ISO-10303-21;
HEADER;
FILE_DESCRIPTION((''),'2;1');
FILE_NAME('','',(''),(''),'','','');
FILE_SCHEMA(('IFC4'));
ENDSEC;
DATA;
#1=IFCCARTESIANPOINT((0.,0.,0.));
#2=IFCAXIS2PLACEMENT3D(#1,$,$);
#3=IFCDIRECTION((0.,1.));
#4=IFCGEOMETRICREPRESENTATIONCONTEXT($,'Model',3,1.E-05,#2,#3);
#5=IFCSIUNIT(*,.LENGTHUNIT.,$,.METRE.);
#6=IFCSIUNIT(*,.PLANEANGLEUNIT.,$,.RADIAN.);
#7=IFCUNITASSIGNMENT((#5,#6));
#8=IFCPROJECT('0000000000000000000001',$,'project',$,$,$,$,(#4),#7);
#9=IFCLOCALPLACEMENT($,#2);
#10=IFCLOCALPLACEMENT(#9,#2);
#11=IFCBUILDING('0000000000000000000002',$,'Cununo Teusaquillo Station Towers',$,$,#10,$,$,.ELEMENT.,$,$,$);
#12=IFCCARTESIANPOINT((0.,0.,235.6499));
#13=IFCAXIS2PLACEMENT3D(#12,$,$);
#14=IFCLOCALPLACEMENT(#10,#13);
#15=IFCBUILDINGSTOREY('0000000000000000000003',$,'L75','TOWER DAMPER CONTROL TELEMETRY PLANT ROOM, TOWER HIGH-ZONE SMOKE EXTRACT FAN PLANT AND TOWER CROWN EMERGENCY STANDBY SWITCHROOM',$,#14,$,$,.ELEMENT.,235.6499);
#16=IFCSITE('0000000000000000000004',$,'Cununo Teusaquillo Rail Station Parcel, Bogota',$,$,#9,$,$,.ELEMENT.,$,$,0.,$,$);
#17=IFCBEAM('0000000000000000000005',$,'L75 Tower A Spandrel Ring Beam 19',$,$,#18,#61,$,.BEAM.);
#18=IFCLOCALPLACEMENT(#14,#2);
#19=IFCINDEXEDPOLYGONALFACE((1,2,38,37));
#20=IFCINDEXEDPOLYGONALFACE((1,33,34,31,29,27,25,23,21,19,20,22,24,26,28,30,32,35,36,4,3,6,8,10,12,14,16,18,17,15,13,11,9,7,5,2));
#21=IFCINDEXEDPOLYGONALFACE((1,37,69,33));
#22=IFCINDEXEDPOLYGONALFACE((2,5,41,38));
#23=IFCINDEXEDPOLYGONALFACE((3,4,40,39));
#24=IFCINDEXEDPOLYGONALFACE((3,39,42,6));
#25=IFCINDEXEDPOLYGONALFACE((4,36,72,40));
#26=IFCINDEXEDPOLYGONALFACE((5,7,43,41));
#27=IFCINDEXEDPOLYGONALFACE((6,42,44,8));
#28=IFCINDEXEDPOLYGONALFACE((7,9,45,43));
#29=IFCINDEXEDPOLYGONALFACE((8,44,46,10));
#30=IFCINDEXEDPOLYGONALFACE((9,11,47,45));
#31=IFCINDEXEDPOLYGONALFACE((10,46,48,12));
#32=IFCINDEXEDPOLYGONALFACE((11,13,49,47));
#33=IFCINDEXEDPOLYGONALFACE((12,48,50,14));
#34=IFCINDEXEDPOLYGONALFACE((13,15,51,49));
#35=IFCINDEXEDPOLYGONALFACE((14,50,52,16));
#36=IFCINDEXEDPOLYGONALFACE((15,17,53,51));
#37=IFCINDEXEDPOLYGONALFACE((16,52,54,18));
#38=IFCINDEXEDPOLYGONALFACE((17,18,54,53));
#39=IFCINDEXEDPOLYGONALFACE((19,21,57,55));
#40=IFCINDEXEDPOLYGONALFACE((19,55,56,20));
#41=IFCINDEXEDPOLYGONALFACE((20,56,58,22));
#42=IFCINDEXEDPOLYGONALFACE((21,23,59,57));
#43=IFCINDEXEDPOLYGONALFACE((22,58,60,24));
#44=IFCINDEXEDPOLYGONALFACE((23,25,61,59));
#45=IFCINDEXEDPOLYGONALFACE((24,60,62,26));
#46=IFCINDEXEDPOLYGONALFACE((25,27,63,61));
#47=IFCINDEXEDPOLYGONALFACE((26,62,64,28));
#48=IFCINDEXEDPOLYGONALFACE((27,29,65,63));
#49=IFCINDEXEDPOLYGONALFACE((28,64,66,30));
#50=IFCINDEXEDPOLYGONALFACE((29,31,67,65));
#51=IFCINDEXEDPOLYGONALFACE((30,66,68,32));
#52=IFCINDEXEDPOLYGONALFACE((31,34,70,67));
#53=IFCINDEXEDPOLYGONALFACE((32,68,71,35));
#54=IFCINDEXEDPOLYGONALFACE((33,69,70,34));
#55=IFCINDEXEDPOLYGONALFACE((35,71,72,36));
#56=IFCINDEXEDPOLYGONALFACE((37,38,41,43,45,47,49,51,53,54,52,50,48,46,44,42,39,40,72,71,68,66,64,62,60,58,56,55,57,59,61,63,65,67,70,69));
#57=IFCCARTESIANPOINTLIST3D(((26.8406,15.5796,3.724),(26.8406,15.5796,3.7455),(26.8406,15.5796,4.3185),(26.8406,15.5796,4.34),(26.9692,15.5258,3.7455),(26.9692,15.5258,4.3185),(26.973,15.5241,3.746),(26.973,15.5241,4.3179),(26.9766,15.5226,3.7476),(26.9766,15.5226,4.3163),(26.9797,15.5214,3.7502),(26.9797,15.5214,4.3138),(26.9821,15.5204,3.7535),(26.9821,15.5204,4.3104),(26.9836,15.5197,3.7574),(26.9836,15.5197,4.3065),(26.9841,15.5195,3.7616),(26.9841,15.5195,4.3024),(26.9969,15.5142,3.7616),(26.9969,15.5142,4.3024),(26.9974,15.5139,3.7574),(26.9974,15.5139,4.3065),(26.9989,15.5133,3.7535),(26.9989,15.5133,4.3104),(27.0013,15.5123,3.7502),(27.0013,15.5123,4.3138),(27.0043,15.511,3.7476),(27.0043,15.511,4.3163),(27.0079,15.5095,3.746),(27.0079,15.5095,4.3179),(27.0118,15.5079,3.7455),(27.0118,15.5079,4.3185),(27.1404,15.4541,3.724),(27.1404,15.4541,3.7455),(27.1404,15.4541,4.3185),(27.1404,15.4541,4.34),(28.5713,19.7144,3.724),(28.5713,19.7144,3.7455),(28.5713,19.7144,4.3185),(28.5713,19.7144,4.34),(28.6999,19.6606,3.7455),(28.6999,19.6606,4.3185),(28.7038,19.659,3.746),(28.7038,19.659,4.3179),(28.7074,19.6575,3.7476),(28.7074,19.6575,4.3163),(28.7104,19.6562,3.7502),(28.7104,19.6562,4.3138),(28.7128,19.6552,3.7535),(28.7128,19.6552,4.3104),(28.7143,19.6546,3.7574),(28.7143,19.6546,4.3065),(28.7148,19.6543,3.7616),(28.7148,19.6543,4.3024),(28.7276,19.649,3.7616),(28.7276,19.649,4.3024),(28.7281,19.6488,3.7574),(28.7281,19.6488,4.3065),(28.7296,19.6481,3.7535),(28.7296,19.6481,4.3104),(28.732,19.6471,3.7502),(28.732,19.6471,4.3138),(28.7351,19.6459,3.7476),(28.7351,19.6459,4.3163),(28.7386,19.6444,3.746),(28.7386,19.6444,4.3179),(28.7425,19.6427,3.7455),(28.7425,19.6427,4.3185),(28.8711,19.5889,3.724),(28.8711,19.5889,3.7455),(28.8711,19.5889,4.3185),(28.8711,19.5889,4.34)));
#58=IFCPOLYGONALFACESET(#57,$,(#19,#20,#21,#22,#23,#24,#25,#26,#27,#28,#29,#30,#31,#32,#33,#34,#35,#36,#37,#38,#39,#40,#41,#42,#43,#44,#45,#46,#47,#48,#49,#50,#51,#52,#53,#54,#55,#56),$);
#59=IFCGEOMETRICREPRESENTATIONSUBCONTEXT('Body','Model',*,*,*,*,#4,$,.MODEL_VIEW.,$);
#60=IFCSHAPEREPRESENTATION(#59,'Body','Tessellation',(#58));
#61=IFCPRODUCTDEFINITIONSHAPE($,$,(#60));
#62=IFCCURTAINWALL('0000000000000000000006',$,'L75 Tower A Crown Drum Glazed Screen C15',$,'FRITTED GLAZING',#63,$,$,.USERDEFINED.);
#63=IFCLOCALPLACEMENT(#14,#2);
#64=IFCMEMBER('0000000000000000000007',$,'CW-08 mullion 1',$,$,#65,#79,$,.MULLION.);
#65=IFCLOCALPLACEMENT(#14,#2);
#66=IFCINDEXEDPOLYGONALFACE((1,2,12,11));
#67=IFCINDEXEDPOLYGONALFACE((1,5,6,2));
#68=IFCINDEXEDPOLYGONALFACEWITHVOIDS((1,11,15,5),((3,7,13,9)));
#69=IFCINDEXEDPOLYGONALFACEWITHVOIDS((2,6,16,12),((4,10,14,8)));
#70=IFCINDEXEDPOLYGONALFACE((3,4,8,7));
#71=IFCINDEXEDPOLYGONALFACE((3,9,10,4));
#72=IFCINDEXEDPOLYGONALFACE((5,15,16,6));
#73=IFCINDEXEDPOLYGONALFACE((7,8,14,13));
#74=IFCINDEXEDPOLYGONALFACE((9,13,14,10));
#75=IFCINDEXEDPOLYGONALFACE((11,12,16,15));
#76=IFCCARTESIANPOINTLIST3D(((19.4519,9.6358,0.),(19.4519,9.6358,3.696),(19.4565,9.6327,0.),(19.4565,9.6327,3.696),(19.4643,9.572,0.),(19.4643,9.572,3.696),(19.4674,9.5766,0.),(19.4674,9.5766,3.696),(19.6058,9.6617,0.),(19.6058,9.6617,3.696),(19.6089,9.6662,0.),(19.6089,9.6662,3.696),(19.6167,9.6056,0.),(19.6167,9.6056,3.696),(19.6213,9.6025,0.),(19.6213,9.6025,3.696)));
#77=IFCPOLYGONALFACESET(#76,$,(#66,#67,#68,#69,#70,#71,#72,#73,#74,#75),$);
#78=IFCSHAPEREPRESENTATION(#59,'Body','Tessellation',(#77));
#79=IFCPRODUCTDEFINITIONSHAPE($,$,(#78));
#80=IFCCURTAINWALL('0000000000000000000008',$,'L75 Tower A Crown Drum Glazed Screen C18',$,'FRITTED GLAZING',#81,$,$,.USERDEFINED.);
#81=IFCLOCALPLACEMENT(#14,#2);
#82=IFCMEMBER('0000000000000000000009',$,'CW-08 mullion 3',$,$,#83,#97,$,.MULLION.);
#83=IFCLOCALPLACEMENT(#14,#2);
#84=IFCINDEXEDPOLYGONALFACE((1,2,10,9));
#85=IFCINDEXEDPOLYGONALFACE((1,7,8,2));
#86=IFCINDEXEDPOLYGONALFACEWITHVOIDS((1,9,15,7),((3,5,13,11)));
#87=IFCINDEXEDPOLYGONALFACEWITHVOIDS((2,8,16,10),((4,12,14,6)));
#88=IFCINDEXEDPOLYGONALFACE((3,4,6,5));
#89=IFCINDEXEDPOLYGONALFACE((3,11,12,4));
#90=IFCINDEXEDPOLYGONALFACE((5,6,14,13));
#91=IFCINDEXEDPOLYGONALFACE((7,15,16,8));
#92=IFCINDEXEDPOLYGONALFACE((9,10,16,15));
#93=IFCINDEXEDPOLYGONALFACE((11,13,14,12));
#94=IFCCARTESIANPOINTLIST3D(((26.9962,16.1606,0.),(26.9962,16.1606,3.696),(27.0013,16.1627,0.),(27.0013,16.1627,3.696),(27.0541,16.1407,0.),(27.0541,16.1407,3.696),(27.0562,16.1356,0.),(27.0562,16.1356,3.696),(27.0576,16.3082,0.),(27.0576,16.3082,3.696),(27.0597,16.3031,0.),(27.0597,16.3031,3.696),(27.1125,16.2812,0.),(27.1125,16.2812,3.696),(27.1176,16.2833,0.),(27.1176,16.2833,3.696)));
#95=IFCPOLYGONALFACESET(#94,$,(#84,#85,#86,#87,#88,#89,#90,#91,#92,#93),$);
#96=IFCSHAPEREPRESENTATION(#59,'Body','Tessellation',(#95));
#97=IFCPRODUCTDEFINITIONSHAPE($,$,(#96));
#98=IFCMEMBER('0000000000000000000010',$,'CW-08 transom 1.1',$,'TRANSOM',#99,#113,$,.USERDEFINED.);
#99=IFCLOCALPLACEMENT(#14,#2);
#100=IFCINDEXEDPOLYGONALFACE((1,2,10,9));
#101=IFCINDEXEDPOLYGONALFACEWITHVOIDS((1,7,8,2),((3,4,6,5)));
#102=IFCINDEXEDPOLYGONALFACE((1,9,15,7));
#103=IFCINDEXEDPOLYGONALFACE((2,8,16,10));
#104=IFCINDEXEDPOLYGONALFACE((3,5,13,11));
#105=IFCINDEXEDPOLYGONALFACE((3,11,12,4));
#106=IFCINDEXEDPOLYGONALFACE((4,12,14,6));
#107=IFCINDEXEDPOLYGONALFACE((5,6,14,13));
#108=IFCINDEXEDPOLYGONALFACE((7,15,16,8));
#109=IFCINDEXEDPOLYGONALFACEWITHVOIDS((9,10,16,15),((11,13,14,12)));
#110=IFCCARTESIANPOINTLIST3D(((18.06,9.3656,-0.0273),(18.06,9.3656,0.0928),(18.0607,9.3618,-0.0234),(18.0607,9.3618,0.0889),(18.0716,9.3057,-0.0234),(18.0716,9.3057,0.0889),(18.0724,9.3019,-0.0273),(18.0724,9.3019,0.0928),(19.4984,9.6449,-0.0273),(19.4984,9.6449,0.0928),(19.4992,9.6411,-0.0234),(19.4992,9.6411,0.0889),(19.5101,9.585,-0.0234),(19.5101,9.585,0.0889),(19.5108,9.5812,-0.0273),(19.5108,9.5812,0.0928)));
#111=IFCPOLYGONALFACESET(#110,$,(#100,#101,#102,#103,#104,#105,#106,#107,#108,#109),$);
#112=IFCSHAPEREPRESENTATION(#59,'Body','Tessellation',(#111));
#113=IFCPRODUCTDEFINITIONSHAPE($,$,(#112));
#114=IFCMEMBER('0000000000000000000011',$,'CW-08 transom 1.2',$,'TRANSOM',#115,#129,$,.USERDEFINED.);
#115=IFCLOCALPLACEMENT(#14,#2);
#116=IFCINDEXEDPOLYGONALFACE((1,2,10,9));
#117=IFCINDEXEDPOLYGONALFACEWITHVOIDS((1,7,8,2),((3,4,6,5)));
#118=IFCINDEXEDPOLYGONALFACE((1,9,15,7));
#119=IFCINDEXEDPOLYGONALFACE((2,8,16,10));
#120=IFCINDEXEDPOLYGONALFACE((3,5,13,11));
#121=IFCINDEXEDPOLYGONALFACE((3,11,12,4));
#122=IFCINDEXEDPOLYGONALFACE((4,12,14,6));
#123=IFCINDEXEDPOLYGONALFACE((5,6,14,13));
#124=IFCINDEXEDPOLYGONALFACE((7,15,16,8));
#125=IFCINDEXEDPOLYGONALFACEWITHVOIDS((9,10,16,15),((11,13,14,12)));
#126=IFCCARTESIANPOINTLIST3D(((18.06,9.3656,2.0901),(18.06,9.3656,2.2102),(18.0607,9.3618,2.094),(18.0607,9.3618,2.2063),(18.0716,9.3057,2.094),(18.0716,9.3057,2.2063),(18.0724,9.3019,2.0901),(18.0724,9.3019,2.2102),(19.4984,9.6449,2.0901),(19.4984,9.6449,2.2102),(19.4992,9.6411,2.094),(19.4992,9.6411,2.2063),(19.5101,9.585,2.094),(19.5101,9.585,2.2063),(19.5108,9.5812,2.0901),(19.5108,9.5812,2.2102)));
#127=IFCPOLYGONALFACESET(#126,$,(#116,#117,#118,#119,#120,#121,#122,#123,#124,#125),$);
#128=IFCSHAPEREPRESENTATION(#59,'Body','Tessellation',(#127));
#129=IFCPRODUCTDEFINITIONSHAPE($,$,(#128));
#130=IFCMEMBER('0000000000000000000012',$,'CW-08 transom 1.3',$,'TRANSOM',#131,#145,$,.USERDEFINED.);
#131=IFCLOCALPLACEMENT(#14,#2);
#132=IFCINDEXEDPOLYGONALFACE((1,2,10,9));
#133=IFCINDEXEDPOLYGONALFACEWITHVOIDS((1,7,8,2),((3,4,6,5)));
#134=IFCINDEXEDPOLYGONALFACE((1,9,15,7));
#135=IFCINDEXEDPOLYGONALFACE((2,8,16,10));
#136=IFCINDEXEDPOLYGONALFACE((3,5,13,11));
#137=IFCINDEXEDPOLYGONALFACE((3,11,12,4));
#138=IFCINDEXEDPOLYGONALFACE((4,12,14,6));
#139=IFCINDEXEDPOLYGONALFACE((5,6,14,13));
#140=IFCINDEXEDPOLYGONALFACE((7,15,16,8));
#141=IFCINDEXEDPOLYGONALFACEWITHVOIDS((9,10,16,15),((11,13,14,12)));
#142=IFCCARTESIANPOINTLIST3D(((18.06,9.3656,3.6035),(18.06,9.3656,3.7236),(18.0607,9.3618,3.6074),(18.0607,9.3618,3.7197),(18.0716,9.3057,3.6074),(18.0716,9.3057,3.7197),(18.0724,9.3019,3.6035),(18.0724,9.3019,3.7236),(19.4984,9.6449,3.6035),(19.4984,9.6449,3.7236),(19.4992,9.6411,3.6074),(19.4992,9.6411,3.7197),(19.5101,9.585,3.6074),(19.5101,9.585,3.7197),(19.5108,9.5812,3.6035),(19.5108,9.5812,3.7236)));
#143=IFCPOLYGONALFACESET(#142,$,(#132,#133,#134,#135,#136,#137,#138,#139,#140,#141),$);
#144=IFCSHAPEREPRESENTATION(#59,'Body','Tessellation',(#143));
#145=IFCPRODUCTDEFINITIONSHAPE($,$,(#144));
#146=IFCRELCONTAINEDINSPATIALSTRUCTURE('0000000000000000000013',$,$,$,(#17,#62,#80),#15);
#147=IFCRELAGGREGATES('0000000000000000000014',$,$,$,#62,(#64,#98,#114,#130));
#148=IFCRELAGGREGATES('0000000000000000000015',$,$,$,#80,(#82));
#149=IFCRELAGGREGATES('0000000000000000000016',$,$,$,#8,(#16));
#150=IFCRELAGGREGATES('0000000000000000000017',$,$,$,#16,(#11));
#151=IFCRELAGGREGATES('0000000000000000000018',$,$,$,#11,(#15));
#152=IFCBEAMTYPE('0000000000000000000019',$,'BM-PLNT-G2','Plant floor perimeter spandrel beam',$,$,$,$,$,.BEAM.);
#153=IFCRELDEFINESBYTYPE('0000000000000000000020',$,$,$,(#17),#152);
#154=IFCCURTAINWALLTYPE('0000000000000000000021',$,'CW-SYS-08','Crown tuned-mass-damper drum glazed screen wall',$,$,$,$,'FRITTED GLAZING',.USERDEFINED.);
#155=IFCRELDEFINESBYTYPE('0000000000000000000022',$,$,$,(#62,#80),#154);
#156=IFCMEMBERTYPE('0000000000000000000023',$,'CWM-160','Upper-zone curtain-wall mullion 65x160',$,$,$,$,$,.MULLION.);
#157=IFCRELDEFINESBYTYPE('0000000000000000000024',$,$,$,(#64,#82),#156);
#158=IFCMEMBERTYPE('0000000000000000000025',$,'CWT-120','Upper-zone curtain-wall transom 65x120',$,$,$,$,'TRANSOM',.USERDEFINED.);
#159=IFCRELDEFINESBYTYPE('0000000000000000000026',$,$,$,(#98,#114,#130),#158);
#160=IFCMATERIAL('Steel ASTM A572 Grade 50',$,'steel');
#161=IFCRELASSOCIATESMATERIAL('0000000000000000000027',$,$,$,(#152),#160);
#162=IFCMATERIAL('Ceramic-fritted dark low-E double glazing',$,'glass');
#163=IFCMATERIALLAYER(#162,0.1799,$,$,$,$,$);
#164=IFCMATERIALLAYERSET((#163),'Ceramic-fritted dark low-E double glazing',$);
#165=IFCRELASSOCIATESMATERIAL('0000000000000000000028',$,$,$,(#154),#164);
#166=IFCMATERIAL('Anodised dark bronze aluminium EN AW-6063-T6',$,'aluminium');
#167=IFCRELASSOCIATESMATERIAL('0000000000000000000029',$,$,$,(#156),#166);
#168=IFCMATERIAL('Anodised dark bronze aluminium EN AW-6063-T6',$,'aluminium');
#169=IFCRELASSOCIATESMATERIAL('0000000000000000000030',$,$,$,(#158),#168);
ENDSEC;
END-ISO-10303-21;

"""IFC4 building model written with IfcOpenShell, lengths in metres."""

from ifc_helpers import new_model, si_unit, direction, frame, origin, origin_2d, place, context, subcontext, project, spatial, hollow_rectangle, i_section, extrude, material, layer, layer_set, material_profile, profile_set, type_object, element, aggregate, save


model = new_model("IFC4")

# Units and contexts
model_context = context("Model", 3, precision=1e-05, world=origin(), true_north=direction((0.0, 1.0)))
body_context = subcontext(model_context, "Body", "Model", "MODEL_VIEW")
ifc_project = project(units=[si_unit("LENGTHUNIT", "METRE"), si_unit("PLANEANGLEUNIT", "RADIAN")], contexts=[model_context])

# Site, building, storey
site_placement = place(None, origin())
site = spatial("IfcSite", under=ifc_project, at=site_placement, Name="Cununo Teusaquillo Rail Station Parcel, Bogota", CompositionType="ELEMENT", RefElevation=0.0)
building_placement = place(site_placement, origin())
building = spatial("IfcBuilding", under=site, at=building_placement, Name="Cununo Teusaquillo Station Towers", CompositionType="ELEMENT")
storey_placement = place(building_placement, frame((0.0, 0.0, 235.6499)))
storey = spatial("IfcBuildingStorey", under=building, at=storey_placement, Name="L75", Description="TOWER DAMPER CONTROL TELEMETRY PLANT ROOM, TOWER HIGH-ZONE SMOKE EXTRACT FAN PLANT AND TOWER CROWN EMERGENCY STANDBY SWITCHROOM", CompositionType="ELEMENT", Elevation=235.6499)

# Beam
ifc_material_1 = material(Name="Steel ASTM A572 Grade 50", Category="steel")
ifc_material_profile_1 = material_profile(ifc_material_1, i_section(OverallWidth=0.325, OverallDepth=0.616, WebThickness=0.0139, FlangeThickness=0.0215, FilletRadius=0.0161, at=origin_2d()), Name="W24X117")
ifc_profile_set_1 = profile_set([ifc_material_profile_1], Name="Steel ASTM A572 Grade 50")
beam_type_1 = type_object("IfcBeamType", Name="BM-PLNT-G2", Description="Plant floor perimeter spandrel beam", PredefinedType="BEAM", material=ifc_profile_set_1)
beam_1_placement = place(storey_placement, frame((26.9905, 15.5168, 4.032), z_axis=(0.386115, 0.92245, 0.0), x_axis=(-0.92245, 0.386115, 0.0)))
element("IfcBeam", 1, at=beam_1_placement, inside=storey, type_object=beam_type_1, Name="L75 Tower A Spandrel Ring Beam 19", PredefinedType="BEAM", context=body_context, shape_type="SweptSolid", body=[
    extrude(i_section(OverallWidth=0.325, OverallDepth=0.616, WebThickness=0.0139, FlangeThickness=0.0215, FilletRadius=0.0161, at=origin_2d()), origin(), (0.0, 0.0, 1.0), 4.4824),
])

# Curtain walls, members
ifc_material_2 = material(Name="Ceramic-fritted dark low-E double glazing", Category="glass")
ifc_layer_1 = layer(ifc_material_2, 0.1799)
ifc_layer_set_1 = layer_set([ifc_layer_1], Name="Ceramic-fritted dark low-E double glazing")
curtain_wall_type = type_object("IfcCurtainWallType", Name="CW-SYS-08", Description="Crown tuned-mass-damper drum glazed screen wall", ElementType="FRITTED GLAZING", PredefinedType="USERDEFINED", material=ifc_layer_set_1)
curtain_wall_1_placement = place(storey_placement, origin())
curtain_wall_1 = element("IfcCurtainWall", 2, at=curtain_wall_1_placement, inside=storey, type_object=curtain_wall_type, Name="L75 Tower A Crown Drum Glazed Screen C15", ObjectType="FRITTED GLAZING", PredefinedType="USERDEFINED")
ifc_material_3 = material(Name="Anodised dark bronze aluminium EN AW-6063-T6", Category="aluminium")
ifc_material_profile_2 = material_profile(ifc_material_3, hollow_rectangle(XDim=0.0649, YDim=0.1599, WallThickness=0.0039, at=origin_2d()), Name="CW-MULL-65x160")
ifc_profile_set_2 = profile_set([ifc_material_profile_2], Name="Anodised dark bronze aluminium EN AW-6063-T6")
member_type_1 = type_object("IfcMemberType", Name="CWM-160", Description="Upper-zone curtain-wall mullion 65x160", PredefinedType="MULLION", material=ifc_profile_set_2)
member_1_placement = place(storey_placement, frame((19.5366, 9.6191, 0.0), z_axis=(0.0, 0.0, 1.0), x_axis=(0.190453, -0.981696, 0.0)))
member_1 = element("IfcMember", 3, at=member_1_placement, type_object=member_type_1, Name="CW-08 mullion 1", PredefinedType="MULLION", context=body_context, shape_type="SweptSolid", body=[
    extrude(hollow_rectangle(XDim=0.0649, YDim=0.1599, WallThickness=0.0039, at=origin_2d()), origin(), (0.0, 0.0, 1.0), 3.696),
])
curtain_wall_2_placement = place(storey_placement, origin())
curtain_wall_2 = element("IfcCurtainWall", 4, at=curtain_wall_2_placement, inside=storey, type_object=curtain_wall_type, Name="L75 Tower A Crown Drum Glazed Screen C18", ObjectType="FRITTED GLAZING", PredefinedType="USERDEFINED")
member_2_placement = place(storey_placement, frame((27.0569, 16.2219, 0.0), z_axis=(0.0, 0.0, 1.0), x_axis=(0.923307, -0.384063, 0.0)))
member_2 = element("IfcMember", 5, at=member_2_placement, type_object=member_type_1, Name="CW-08 mullion 3", PredefinedType="MULLION", context=body_context, shape_type="SweptSolid", body=[
    extrude(hollow_rectangle(XDim=0.0649, YDim=0.1599, WallThickness=0.0039, at=origin_2d()), origin(), (0.0, 0.0, 1.0), 3.696),
])

# Members
ifc_material_4 = material(Name="Anodised dark bronze aluminium EN AW-6063-T6", Category="aluminium")
ifc_material_profile_3 = material_profile(ifc_material_4, hollow_rectangle(XDim=0.0649, YDim=0.1201, WallThickness=0.0039, at=origin_2d()), Name="CW-TRAN-65x120")
ifc_profile_set_3 = profile_set([ifc_material_profile_3], Name="Anodised dark bronze aluminium EN AW-6063-T6")
member_type_2 = type_object("IfcMemberType", Name="CWT-120", Description="Upper-zone curtain-wall transom 65x120", ElementType="TRANSOM", PredefinedType="USERDEFINED", material=ifc_profile_set_3)
member_3_placement = place(storey_placement, frame((19.5046, 9.613, 0.0327), z_axis=(-0.981667, -0.190602, 0.0), x_axis=(0.190602, -0.981667, 0.0)))
member_3 = element("IfcMember", 6, at=member_3_placement, type_object=member_type_2, Name="CW-08 transom 1.1", ObjectType="TRANSOM", PredefinedType="USERDEFINED", context=body_context, shape_type="SweptSolid", body=[
    extrude(hollow_rectangle(XDim=0.0649, YDim=0.1201, WallThickness=0.0039, at=origin_2d()), origin(), (0.0, 0.0, 1.0), 1.4653),
])
member_4_placement = place(storey_placement, frame((19.5046, 9.613, 2.1501), z_axis=(-0.981667, -0.190602, 0.0), x_axis=(0.190602, -0.981667, 0.0)))
member_4 = element("IfcMember", 7, at=member_4_placement, type_object=member_type_2, Name="CW-08 transom 1.2", ObjectType="TRANSOM", PredefinedType="USERDEFINED", context=body_context, shape_type="SweptSolid", body=[
    extrude(hollow_rectangle(XDim=0.0649, YDim=0.1201, WallThickness=0.0039, at=origin_2d()), origin(), (0.0, 0.0, 1.0), 1.4653),
])
member_5_placement = place(storey_placement, frame((19.5046, 9.613, 3.6636), z_axis=(-0.981667, -0.190602, 0.0), x_axis=(0.190602, -0.981667, 0.0)))
member_5 = element("IfcMember", 8, at=member_5_placement, type_object=member_type_2, Name="CW-08 transom 1.3", ObjectType="TRANSOM", PredefinedType="USERDEFINED", context=body_context, shape_type="SweptSolid", body=[
    extrude(hollow_rectangle(XDim=0.0649, YDim=0.1201, WallThickness=0.0039, at=origin_2d()), origin(), (0.0, 0.0, 1.0), 1.4653),
])

aggregate(curtain_wall_1, [member_1, member_3, member_4, member_5])
aggregate(curtain_wall_2, [member_2])

save(model, "model.ifc")
